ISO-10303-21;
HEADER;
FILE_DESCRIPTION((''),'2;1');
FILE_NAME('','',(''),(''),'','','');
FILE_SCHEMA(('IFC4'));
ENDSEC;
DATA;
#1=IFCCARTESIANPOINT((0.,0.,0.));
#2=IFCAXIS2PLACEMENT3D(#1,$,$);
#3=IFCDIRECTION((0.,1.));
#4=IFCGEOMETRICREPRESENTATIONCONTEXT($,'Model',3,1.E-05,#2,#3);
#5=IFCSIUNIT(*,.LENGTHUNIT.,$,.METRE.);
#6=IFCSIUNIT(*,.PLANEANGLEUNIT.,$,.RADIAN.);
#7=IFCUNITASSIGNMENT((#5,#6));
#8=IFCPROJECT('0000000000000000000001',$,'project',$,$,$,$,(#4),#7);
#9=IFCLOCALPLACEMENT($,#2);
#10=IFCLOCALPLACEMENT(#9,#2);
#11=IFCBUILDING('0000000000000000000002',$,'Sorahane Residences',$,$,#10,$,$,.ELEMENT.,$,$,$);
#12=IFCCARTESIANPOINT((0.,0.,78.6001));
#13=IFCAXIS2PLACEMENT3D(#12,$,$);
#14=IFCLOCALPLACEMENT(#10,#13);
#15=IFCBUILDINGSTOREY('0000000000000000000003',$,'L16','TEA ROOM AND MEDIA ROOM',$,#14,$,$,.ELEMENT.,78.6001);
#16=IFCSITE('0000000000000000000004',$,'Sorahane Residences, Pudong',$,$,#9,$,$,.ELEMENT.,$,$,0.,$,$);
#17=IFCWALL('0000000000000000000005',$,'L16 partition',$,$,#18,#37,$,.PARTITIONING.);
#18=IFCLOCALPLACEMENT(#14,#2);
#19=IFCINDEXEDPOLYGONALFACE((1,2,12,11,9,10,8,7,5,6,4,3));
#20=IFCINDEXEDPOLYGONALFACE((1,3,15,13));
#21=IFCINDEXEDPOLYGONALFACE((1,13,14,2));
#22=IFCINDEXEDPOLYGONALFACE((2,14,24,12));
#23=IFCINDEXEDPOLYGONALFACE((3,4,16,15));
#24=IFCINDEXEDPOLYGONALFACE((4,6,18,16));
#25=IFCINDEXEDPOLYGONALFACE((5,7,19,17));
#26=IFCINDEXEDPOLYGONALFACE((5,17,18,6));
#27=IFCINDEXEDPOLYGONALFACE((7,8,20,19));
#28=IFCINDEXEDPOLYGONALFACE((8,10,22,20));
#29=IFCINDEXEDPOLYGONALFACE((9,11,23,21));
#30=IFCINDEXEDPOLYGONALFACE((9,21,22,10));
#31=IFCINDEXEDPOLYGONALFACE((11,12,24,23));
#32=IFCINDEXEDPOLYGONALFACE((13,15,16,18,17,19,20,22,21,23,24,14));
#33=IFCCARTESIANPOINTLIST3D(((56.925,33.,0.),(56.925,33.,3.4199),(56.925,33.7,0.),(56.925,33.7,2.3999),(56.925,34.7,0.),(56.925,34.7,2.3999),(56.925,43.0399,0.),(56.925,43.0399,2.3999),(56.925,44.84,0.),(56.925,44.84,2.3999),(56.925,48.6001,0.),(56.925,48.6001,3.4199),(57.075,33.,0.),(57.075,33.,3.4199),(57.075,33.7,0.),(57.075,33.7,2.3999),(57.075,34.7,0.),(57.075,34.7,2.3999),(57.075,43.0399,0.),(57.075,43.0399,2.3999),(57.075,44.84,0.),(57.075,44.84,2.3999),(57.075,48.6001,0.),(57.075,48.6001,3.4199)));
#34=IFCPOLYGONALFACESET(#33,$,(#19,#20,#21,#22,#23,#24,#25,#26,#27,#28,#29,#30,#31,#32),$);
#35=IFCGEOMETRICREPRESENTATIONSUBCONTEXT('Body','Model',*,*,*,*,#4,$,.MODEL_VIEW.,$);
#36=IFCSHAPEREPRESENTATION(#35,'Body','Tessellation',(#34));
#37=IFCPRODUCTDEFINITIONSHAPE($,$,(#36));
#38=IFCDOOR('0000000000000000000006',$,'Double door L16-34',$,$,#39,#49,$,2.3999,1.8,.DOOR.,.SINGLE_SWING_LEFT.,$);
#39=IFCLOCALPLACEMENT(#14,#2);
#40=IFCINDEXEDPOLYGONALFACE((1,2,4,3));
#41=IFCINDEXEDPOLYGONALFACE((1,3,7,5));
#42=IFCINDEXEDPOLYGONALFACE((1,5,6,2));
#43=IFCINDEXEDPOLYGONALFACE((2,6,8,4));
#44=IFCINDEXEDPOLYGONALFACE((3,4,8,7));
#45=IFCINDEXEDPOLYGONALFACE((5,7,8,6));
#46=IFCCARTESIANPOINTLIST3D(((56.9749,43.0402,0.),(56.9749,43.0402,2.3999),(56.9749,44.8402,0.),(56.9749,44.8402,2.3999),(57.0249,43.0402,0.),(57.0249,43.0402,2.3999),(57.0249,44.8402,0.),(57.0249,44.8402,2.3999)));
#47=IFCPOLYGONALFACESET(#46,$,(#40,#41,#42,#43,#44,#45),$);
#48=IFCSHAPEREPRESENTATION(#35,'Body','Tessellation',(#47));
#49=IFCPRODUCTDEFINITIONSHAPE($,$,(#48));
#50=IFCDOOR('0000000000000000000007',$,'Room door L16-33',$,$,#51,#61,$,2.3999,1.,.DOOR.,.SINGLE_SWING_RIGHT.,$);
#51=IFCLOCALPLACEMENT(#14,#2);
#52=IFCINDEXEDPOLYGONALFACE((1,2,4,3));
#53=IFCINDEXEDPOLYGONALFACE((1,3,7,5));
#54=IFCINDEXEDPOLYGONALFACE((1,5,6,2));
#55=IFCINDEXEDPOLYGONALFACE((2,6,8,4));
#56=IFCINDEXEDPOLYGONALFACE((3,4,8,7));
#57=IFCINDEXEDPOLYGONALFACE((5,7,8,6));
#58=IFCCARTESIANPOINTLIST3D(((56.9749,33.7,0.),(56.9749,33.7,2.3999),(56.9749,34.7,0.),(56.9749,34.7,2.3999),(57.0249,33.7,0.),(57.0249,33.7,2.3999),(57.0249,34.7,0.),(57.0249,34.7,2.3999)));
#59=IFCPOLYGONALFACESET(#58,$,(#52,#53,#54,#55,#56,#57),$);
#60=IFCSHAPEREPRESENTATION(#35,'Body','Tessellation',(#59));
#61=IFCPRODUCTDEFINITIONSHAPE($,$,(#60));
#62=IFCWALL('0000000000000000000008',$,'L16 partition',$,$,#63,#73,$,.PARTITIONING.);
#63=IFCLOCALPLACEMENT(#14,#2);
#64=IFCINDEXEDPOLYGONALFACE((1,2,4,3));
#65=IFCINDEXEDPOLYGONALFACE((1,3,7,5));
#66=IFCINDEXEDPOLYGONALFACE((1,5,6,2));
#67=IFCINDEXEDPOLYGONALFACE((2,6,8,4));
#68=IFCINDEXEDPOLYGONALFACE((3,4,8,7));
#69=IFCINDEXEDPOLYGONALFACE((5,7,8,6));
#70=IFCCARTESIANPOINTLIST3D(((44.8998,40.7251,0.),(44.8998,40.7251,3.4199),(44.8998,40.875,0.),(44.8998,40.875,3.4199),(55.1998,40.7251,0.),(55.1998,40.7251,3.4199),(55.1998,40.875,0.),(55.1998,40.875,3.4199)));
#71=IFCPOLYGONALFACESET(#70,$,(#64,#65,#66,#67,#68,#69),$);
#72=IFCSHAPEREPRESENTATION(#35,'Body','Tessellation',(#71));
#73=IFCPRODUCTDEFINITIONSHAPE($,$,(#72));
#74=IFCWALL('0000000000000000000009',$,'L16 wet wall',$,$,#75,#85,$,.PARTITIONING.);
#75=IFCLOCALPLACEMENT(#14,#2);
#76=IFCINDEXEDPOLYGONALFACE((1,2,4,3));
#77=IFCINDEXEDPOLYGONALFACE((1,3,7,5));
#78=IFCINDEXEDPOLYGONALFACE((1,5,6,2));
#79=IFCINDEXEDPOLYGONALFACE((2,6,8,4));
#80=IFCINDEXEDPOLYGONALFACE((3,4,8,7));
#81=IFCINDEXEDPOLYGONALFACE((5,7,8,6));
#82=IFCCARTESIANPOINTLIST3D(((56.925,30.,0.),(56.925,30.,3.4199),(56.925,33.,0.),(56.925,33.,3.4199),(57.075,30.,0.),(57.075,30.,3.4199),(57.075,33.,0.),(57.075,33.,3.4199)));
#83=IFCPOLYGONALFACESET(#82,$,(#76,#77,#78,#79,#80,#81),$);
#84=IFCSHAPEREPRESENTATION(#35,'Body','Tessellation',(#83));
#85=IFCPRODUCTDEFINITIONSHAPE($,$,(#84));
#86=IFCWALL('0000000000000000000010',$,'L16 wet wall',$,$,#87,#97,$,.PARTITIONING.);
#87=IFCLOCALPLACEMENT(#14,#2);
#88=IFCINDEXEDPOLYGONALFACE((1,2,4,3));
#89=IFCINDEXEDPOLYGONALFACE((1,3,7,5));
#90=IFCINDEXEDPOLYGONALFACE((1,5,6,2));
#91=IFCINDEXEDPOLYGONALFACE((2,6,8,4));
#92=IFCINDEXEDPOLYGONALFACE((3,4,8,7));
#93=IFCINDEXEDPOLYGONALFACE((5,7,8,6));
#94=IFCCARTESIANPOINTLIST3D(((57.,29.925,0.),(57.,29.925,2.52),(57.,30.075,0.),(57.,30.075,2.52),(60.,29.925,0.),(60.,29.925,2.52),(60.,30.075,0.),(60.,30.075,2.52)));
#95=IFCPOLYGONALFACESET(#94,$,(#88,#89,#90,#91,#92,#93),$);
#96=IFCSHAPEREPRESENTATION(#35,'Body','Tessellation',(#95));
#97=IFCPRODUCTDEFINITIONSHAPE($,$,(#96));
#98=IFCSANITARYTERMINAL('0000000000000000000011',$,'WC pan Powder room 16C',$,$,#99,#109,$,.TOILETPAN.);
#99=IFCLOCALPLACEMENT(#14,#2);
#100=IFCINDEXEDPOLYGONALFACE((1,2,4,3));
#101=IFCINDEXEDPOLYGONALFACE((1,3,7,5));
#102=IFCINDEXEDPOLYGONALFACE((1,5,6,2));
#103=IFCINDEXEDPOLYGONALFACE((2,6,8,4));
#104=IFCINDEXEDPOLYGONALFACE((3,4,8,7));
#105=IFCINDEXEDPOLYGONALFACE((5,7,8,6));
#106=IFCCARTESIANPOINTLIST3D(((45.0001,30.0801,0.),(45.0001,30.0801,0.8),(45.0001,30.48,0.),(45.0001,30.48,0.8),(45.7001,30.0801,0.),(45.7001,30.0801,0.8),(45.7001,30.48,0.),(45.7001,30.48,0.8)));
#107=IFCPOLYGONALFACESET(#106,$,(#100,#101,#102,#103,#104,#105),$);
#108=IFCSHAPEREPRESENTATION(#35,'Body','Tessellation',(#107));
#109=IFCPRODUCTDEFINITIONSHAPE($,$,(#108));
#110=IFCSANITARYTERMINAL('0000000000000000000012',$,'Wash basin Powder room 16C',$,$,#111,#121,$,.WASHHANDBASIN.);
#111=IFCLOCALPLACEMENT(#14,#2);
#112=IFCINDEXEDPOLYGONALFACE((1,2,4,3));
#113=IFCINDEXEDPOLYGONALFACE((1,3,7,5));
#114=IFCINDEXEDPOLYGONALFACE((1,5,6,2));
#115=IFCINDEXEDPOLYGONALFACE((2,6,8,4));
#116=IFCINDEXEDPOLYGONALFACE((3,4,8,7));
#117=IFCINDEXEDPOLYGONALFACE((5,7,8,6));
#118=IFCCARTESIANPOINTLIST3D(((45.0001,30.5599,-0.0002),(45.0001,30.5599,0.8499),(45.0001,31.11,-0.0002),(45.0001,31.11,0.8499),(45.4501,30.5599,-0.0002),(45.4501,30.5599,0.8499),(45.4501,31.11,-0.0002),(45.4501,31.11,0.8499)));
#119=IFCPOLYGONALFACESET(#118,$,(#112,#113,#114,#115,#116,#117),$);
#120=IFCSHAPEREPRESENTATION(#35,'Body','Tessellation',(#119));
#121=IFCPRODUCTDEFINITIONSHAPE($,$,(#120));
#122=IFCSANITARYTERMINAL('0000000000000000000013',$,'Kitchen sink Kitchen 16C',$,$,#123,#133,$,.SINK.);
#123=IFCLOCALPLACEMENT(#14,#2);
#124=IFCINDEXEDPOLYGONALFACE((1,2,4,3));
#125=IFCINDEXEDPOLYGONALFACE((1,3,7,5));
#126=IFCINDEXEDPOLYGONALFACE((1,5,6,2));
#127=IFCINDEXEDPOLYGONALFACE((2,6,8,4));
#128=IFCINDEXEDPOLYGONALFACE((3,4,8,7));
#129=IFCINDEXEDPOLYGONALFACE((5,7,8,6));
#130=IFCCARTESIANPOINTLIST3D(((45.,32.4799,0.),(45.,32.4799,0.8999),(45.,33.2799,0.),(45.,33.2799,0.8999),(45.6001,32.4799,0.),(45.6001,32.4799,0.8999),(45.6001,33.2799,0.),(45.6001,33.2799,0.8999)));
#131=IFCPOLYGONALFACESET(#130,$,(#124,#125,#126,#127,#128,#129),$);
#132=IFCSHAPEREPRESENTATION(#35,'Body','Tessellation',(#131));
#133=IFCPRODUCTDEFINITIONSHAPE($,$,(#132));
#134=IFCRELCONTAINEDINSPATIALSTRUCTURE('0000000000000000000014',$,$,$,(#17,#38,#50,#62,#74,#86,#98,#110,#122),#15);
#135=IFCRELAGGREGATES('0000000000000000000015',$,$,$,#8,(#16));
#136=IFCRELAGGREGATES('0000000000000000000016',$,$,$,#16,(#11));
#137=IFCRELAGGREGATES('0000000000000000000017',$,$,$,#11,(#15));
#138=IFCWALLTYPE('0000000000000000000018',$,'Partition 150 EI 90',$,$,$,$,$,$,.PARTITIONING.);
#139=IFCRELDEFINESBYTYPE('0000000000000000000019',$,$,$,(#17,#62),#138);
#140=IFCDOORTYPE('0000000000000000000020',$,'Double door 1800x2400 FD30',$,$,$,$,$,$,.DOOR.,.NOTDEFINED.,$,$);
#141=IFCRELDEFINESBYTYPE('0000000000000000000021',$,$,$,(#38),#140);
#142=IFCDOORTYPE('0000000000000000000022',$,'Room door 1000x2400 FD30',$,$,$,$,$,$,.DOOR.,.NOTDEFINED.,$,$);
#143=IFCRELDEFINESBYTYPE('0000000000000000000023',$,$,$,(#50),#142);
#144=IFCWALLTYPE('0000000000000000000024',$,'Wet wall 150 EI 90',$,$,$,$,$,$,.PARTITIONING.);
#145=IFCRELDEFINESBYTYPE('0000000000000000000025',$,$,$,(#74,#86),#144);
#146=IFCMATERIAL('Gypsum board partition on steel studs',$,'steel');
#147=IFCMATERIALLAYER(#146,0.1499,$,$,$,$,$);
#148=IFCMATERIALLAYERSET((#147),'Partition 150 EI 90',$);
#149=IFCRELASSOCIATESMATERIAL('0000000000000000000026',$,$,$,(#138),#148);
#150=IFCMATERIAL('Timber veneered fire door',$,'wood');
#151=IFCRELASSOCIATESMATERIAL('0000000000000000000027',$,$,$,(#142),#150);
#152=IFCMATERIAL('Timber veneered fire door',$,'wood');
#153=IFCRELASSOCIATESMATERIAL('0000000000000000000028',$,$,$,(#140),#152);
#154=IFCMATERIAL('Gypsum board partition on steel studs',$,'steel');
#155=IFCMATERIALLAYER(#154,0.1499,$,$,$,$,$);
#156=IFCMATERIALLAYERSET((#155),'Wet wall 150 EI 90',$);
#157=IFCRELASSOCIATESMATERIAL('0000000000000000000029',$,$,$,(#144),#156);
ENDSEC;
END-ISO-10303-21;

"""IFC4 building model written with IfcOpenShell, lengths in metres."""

from ifc_helpers import new_model, si_unit, direction, frame, frame_2d, origin, origin_2d, place, context, subcontext, project, spatial, rectangle, extrude, material, layer, layer_set, type_object, element, fill, save


model = new_model("IFC4")

# Units and contexts
model_context = context("Model", 3, precision=1e-05, world=origin(), true_north=direction((0.0, 1.0)))
body_context = subcontext(model_context, "Body", "Model", "MODEL_VIEW")
ifc_project = project(units=[si_unit("LENGTHUNIT", "METRE"), si_unit("PLANEANGLEUNIT", "RADIAN")], contexts=[model_context])

# Site, building, storey
site_placement = place(None, origin())
site = spatial("IfcSite", under=ifc_project, at=site_placement, Name="Sorahane Residences, Pudong", CompositionType="ELEMENT", RefElevation=0.0)
building_placement = place(site_placement, origin())
building = spatial("IfcBuilding", under=site, at=building_placement, Name="Sorahane Residences", CompositionType="ELEMENT")
storey_placement = place(building_placement, frame((0.0, 0.0, 78.6001)))
storey = spatial("IfcBuildingStorey", under=building, at=storey_placement, Name="L16", Description="TEA ROOM AND MEDIA ROOM", CompositionType="ELEMENT", Elevation=78.6001)

# Wall, openings, doors
ifc_material_1 = material(Name="Gypsum board partition on steel studs", Category="steel")
ifc_layer_1 = layer(ifc_material_1, 0.1499)
ifc_layer_set_1 = layer_set([ifc_layer_1], Name="Partition 150 EI 90")
wall_type_1 = type_object("IfcWallType", Name="Partition 150 EI 90", PredefinedType="PARTITIONING", material=ifc_layer_set_1)
ifc_material_2 = material(Name="Timber veneered fire door", Category="wood")
door_type_1 = type_object("IfcDoorType", Name="Room door 1000x2400 FD30", OperationType="NOTDEFINED", PredefinedType="DOOR", material=ifc_material_2)
wall_1_placement = place(storey_placement, frame((57.0, 33.0, 0.0), z_axis=(0.0, 0.0, 1.0), x_axis=(0.0, 1.0, 0.0)))
wall_1 = element("IfcWall", 1, at=wall_1_placement, inside=storey, type_object=wall_type_1, Name="L16 partition", PredefinedType="PARTITIONING", context=body_context, shape_type="SweptSolid", body=[
    extrude(rectangle(XDim=15.6001, YDim=0.1499, at=frame_2d((7.8, 0.0))), origin(), (0.0, 0.0, 1.0), 3.4199),
])
opening_1_placement = place(wall_1_placement, frame((0.7, 0.0, 0.0)))
opening_1 = element("IfcOpeningElement", 2, at=opening_1_placement, cuts=wall_1, PredefinedType="OPENING", context=body_context, shape_type="SweptSolid", body=[
    extrude(rectangle(XDim=1.0, YDim=2.3999, at=frame_2d((0.5, 1.2))), frame((0.0, 0.085, 0.0), z_axis=(0.0, -1.0, 0.0), x_axis=(1.0, 0.0, 0.0)), (0.0, 0.0, 1.0), 0.1699),
])
opening_2_placement = place(wall_1_placement, frame((10.04, 0.0, 0.0)))
opening_2 = element("IfcOpeningElement", 3, at=opening_2_placement, cuts=wall_1, PredefinedType="OPENING", context=body_context, shape_type="SweptSolid", body=[
    extrude(rectangle(XDim=1.8, YDim=2.3999, at=frame_2d((0.8999, 1.2))), frame((0.0, 0.085, 0.0), z_axis=(0.0, -1.0, 0.0), x_axis=(1.0, 0.0, 0.0)), (0.0, 0.0, 1.0), 0.1699),
])
ifc_material_3 = material(Name="Timber veneered fire door", Category="wood")
door_type_2 = type_object("IfcDoorType", Name="Double door 1800x2400 FD30", OperationType="NOTDEFINED", PredefinedType="DOOR", material=ifc_material_3)
door_1_placement = place(opening_2_placement, frame((1.8, 0.0, 0.0), z_axis=(0.0, 0.0, 1.0), x_axis=(-1.0, 0.0, 0.0)))
door_1 = element("IfcDoor", 4, at=door_1_placement, inside=storey, type_object=door_type_2, Name="Double door L16-34", OperationType="SINGLE_SWING_LEFT", OverallHeight=2.3999, OverallWidth=1.8, PredefinedType="DOOR", context=body_context, shape_type="SweptSolid", body=[
    extrude(rectangle(XDim=1.8, YDim=2.3999, at=frame_2d((0.8999, 1.2))), frame((0.0, 0.0249, 0.0), z_axis=(0.0, -1.0, 0.0), x_axis=(1.0, 0.0, 0.0)), (0.0, 0.0, 1.0), 0.05),
])
fill(opening_2, door_1)
door_2_placement = place(opening_1_placement, frame((1.0, 0.0, 0.0), z_axis=(0.0, 0.0, 1.0), x_axis=(-1.0, 0.0, 0.0)))
door_2 = element("IfcDoor", 5, at=door_2_placement, inside=storey, type_object=door_type_1, Name="Room door L16-33", OperationType="SINGLE_SWING_RIGHT", OverallHeight=2.3999, OverallWidth=1.0, PredefinedType="DOOR", context=body_context, shape_type="SweptSolid", body=[
    extrude(rectangle(XDim=1.0, YDim=2.3999, at=frame_2d((0.5, 1.2))), frame((0.0, 0.0249, 0.0), z_axis=(0.0, -1.0, 0.0), x_axis=(1.0, 0.0, 0.0)), (0.0, 0.0, 1.0), 0.05),
])
fill(opening_1, door_2)

# Wall
wall_2_placement = place(storey_placement, frame((44.8999, 40.8, 0.0), z_axis=(0.0, 0.0, 1.0), x_axis=(1.0, 0.0, 0.0)))
element("IfcWall", 6, at=wall_2_placement, inside=storey, type_object=wall_type_1, Name="L16 partition", PredefinedType="PARTITIONING", context=body_context, shape_type="SweptSolid", body=[
    extrude(rectangle(XDim=10.3, YDim=0.1499, at=frame_2d((5.1499, 0.0))), origin(), (0.0, 0.0, 1.0), 3.4199),
])

# Shared definitions
ifc_material_4 = material(Name="Gypsum board partition on steel studs", Category="steel")
ifc_layer_2 = layer(ifc_material_4, 0.1499)
ifc_layer_set_2 = layer_set([ifc_layer_2], Name="Wet wall 150 EI 90")
wall_type_2 = type_object("IfcWallType", Name="Wet wall 150 EI 90", PredefinedType="PARTITIONING", material=ifc_layer_set_2)

# Walls
wall_3_placement = place(storey_placement, frame((57.0, 30.0, 0.0), z_axis=(0.0, 0.0, 1.0), x_axis=(0.0, 1.0, 0.0)))
element("IfcWall", 7, at=wall_3_placement, inside=storey, type_object=wall_type_2, Name="L16 wet wall", PredefinedType="PARTITIONING", context=body_context, shape_type="SweptSolid", body=[
    extrude(rectangle(XDim=3.0, YDim=0.1499, at=frame_2d((1.5, 0.0))), origin(), (0.0, 0.0, 1.0), 3.4199),
])
wall_4_placement = place(storey_placement, frame((57.0, 30.0, 0.0), z_axis=(0.0, 0.0, 1.0), x_axis=(1.0, 0.0, 0.0)))
element("IfcWall", 8, at=wall_4_placement, inside=storey, type_object=wall_type_2, Name="L16 wet wall", PredefinedType="PARTITIONING", context=body_context, shape_type="SweptSolid", body=[
    extrude(rectangle(XDim=3.0, YDim=0.1499, at=frame_2d((1.5, 0.0))), origin(), (0.0, 0.0, 1.0), 2.52),
])

# Sanitary terminals
sanitary_terminal_1_placement = place(storey_placement, frame((45.3501, 30.28, 0.0), z_axis=(0.0, 0.0, 1.0), x_axis=(0.0, 1.0, 0.0)))
element("IfcSanitaryTerminal", 9, at=sanitary_terminal_1_placement, inside=storey, Name="WC pan Powder room 16C", PredefinedType="TOILETPAN", context=body_context, shape_type="SweptSolid", body=[
    extrude(rectangle(XDim=0.3999, YDim=0.7, at=origin_2d()), origin(), (0.0, 0.0, 1.0), 0.8),
])
sanitary_terminal_2_placement = place(storey_placement, frame((45.2251, 30.835, -0.0002), z_axis=(0.0, 0.0, 1.0), x_axis=(0.0, 1.0, 0.0)))
element("IfcSanitaryTerminal", 10, at=sanitary_terminal_2_placement, inside=storey, Name="Wash basin Powder room 16C", PredefinedType="WASHHANDBASIN", context=body_context, shape_type="SweptSolid", body=[
    extrude(rectangle(XDim=0.55, YDim=0.45, at=origin_2d()), origin(), (0.0, 0.0, 1.0), 0.8501),
])
sanitary_terminal_3_placement = place(storey_placement, frame((45.3, 32.8799, 0.0), z_axis=(0.0, 0.0, 1.0), x_axis=(0.0, 1.0, 0.0)))
element("IfcSanitaryTerminal", 11, at=sanitary_terminal_3_placement, inside=storey, Name="Kitchen sink Kitchen 16C", PredefinedType="SINK", context=body_context, shape_type="SweptSolid", body=[
    extrude(rectangle(XDim=0.8, YDim=0.6001, at=origin_2d()), origin(), (0.0, 0.0, 1.0), 0.8999),
])

save(model, "model.ifc")
